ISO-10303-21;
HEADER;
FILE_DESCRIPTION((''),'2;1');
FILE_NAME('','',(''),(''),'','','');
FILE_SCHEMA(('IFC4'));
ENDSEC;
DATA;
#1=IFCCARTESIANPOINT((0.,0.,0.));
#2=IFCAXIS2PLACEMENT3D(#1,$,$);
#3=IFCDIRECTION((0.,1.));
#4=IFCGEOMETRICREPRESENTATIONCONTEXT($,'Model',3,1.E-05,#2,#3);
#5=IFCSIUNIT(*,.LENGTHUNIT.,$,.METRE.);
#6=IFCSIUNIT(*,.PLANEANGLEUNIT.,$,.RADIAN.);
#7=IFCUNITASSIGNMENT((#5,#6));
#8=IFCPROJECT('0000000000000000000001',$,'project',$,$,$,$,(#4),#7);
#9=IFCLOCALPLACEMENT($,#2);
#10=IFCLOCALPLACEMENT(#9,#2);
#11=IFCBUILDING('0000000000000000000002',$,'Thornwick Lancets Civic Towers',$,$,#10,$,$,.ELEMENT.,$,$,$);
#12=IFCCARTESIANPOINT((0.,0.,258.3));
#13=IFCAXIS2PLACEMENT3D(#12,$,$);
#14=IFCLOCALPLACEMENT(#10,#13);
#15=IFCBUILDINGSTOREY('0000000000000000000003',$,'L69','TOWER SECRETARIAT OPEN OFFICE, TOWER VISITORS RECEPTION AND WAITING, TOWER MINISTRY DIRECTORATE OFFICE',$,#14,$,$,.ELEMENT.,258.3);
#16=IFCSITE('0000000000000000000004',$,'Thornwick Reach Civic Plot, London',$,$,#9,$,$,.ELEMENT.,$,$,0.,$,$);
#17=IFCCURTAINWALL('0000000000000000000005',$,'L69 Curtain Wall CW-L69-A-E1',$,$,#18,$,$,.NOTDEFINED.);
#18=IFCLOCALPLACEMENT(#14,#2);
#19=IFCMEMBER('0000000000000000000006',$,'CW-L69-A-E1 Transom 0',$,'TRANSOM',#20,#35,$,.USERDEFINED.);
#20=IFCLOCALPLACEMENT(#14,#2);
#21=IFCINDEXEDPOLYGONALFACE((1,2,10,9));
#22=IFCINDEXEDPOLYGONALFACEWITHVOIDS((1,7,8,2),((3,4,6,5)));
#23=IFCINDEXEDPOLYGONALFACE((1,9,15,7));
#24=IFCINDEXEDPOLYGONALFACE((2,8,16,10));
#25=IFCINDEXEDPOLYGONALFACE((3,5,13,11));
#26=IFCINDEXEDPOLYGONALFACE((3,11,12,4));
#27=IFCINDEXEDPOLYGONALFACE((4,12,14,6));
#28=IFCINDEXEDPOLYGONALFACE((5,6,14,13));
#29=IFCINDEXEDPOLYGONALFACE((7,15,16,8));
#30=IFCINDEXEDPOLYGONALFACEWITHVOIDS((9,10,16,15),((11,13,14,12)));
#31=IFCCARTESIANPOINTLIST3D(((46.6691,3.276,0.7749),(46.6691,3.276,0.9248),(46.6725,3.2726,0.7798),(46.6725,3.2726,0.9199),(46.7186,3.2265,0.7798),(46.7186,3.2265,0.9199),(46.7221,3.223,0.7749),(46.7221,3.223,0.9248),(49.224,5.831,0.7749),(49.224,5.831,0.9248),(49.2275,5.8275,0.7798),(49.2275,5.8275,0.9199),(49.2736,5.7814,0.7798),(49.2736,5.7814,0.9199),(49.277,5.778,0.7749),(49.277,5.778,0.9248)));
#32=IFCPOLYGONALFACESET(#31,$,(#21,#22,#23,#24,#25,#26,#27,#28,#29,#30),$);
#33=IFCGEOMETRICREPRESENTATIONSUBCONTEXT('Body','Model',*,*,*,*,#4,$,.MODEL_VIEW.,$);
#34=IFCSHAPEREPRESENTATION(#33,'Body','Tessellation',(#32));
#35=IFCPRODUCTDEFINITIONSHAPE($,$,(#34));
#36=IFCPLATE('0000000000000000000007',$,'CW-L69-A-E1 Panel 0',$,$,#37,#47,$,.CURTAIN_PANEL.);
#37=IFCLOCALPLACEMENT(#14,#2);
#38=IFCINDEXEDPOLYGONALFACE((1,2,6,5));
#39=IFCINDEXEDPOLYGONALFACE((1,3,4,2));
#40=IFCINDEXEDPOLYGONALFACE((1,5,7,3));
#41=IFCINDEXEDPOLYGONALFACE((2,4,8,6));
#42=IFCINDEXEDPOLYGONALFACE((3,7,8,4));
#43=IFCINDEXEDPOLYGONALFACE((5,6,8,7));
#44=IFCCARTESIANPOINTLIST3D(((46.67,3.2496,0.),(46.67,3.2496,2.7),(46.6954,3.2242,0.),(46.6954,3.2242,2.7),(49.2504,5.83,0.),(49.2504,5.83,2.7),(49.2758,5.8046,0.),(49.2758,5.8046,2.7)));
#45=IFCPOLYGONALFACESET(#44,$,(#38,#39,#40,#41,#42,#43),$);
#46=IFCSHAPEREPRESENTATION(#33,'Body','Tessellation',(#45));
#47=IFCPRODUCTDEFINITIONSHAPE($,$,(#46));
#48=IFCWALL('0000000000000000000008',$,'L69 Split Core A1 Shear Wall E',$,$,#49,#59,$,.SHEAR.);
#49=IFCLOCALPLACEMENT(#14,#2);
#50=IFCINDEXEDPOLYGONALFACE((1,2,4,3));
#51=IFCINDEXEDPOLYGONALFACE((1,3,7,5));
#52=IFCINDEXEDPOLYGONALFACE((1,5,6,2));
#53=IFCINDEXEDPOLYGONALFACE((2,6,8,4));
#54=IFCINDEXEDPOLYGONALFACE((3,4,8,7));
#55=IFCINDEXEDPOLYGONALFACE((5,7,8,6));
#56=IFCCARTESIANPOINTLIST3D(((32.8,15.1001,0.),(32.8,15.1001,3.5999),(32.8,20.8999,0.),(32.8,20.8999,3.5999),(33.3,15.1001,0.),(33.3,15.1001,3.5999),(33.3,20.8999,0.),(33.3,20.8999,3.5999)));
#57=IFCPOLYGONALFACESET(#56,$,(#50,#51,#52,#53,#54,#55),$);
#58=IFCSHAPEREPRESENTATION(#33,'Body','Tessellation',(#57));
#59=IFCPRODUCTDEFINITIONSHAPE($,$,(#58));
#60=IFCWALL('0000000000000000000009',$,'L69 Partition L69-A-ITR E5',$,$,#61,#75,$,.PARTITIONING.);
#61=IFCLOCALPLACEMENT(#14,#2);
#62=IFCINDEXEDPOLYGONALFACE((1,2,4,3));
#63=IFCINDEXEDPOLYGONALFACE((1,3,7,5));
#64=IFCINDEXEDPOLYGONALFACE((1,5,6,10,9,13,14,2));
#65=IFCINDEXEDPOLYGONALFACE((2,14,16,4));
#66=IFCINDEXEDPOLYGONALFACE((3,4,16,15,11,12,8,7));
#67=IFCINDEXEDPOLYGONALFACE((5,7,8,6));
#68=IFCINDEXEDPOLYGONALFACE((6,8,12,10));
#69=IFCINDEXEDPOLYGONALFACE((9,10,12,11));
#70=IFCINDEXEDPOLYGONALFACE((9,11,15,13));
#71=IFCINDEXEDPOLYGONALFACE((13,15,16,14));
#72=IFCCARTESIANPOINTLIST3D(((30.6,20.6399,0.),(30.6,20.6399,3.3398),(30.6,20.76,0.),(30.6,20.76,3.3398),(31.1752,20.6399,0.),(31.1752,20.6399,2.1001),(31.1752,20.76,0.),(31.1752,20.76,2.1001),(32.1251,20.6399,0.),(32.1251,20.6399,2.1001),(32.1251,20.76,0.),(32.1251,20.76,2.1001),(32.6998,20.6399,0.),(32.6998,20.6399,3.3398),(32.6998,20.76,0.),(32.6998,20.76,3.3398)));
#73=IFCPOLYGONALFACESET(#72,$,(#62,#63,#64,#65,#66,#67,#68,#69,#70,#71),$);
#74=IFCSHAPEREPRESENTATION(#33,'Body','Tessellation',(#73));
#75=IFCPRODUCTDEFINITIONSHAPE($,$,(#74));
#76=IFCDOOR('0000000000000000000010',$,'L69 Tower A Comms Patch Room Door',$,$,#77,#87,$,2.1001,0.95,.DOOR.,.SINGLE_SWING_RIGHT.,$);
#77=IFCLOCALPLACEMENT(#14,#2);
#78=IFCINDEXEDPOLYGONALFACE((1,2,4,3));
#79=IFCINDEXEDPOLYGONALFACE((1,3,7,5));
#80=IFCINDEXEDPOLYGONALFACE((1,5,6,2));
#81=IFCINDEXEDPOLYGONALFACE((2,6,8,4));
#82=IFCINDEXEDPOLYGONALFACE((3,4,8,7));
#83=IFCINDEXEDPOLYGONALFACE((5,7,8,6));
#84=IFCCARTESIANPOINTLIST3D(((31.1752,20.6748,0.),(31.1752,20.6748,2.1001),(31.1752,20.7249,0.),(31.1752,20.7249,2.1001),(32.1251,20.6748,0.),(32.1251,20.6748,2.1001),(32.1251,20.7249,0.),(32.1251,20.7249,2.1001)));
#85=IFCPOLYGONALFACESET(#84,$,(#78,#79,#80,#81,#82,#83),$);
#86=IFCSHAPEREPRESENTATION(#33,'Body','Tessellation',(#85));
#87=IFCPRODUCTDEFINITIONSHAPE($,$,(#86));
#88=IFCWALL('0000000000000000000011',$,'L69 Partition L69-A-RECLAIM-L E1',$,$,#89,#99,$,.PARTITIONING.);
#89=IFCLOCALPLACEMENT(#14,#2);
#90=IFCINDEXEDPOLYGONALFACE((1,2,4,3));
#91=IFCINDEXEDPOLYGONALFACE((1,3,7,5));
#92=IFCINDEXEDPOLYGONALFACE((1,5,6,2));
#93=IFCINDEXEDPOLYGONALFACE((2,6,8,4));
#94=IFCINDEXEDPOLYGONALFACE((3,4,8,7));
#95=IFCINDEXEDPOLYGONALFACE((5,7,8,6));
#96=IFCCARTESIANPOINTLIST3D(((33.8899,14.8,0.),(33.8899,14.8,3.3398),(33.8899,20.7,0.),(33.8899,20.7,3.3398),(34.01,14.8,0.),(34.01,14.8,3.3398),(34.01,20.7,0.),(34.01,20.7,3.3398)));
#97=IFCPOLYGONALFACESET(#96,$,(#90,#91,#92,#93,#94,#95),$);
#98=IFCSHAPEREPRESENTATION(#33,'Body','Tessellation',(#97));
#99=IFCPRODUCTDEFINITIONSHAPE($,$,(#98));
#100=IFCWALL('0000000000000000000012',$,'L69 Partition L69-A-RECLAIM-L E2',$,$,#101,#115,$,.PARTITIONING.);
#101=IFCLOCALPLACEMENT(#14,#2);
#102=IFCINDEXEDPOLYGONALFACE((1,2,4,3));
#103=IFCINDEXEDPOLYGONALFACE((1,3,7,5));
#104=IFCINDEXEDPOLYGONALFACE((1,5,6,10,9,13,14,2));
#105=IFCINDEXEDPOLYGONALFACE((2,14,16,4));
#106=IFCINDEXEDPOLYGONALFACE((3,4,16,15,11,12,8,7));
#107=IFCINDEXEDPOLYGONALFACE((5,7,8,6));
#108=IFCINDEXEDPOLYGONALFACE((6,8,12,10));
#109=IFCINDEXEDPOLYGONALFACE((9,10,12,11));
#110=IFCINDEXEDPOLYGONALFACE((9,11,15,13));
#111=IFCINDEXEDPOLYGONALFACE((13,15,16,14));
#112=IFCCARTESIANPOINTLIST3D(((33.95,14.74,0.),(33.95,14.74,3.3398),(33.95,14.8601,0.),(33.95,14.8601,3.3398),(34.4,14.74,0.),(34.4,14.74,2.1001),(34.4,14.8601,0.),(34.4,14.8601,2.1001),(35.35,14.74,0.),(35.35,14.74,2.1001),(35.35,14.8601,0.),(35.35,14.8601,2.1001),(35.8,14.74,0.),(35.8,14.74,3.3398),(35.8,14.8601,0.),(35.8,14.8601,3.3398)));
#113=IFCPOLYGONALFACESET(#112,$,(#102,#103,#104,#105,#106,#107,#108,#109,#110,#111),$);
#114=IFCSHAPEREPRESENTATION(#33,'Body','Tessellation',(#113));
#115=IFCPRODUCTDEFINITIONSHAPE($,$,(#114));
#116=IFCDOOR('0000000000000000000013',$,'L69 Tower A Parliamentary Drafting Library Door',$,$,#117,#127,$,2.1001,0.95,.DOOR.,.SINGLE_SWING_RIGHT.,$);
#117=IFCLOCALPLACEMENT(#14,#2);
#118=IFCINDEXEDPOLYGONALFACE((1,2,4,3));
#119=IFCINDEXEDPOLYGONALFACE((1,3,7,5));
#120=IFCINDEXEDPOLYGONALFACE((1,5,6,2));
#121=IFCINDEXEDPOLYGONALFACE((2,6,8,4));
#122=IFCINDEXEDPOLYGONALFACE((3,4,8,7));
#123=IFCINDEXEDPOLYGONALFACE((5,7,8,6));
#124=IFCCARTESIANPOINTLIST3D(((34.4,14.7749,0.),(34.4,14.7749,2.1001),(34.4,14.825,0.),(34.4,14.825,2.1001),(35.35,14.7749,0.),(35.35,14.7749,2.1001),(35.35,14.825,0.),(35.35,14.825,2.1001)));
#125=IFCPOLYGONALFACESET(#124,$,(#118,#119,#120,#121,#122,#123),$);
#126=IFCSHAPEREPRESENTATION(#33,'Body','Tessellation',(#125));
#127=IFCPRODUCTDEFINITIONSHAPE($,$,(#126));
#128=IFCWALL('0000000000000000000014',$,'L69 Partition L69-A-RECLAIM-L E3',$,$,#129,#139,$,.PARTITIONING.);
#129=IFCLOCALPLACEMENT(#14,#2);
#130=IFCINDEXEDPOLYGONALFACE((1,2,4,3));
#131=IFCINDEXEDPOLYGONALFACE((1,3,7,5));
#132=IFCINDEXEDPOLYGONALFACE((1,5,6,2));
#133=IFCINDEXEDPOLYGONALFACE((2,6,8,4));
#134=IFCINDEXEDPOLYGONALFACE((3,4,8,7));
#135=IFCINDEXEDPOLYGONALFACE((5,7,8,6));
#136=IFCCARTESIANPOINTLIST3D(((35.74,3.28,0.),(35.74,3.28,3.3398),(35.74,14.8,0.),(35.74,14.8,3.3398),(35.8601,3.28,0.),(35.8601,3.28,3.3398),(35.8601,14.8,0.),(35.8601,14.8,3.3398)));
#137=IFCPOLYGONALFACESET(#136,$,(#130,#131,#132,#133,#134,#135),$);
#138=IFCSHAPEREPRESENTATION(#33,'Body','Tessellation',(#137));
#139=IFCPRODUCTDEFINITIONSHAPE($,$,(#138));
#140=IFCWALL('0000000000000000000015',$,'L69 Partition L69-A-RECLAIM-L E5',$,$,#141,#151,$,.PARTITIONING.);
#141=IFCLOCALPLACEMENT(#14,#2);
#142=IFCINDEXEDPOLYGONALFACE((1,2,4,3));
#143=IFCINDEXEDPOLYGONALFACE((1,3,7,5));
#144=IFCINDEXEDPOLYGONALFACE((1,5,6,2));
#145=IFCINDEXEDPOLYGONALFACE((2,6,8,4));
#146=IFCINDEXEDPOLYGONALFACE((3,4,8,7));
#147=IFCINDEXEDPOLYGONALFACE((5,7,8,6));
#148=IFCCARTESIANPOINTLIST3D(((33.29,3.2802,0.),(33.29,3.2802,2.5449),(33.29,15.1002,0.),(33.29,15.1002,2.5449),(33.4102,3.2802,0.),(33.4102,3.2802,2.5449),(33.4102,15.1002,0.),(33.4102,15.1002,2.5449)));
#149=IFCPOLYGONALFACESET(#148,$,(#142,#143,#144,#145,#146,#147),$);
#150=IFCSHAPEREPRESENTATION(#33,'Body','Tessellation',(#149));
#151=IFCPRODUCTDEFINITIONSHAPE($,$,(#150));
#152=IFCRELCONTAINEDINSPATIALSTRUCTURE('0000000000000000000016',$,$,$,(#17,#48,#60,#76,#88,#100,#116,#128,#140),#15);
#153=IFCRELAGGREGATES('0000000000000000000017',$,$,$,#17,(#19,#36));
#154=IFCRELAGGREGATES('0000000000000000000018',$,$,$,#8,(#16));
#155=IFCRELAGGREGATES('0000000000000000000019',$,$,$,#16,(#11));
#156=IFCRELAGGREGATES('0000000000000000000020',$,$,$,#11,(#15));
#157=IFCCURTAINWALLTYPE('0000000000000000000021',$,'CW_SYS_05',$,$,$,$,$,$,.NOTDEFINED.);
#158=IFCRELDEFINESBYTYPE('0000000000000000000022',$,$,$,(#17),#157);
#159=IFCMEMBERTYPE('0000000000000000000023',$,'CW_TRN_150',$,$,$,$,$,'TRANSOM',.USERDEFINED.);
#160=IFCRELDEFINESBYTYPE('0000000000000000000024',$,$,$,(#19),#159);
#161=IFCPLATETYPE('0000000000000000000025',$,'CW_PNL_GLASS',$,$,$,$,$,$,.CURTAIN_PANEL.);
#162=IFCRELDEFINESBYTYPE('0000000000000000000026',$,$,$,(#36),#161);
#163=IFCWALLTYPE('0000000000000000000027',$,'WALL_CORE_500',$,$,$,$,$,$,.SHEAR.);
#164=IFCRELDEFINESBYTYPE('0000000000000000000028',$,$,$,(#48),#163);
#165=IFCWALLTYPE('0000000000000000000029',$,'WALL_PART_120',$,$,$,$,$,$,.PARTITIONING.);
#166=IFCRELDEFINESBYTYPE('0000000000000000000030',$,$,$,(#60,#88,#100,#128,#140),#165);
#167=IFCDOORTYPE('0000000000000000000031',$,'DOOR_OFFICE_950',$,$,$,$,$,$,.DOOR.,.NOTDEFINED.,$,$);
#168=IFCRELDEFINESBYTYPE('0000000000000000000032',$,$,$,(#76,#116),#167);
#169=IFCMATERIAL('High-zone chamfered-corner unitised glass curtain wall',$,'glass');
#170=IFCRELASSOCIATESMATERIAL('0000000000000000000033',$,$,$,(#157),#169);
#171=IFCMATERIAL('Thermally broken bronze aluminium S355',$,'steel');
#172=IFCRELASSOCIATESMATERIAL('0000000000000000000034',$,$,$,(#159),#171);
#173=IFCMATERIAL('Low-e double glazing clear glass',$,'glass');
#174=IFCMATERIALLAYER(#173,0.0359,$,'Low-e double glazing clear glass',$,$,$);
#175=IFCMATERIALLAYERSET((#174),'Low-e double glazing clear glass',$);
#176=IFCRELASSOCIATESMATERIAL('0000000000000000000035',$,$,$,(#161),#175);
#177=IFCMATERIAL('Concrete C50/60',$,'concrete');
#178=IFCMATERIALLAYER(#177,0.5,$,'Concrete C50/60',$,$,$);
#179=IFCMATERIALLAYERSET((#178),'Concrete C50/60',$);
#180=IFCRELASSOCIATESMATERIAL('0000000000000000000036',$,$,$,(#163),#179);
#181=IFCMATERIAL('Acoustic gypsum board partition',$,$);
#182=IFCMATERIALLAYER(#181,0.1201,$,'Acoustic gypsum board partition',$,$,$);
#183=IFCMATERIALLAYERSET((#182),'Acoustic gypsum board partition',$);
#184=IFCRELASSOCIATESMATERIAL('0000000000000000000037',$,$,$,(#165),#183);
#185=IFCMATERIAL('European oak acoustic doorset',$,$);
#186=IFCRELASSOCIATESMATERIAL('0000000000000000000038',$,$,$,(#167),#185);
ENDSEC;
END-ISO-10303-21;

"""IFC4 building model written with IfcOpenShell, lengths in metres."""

from ifc_helpers import new_model, si_unit, direction, frame, frame_2d, origin, origin_2d, place, context, subcontext, project, spatial, rectangle, hollow_rectangle, extrude, material, layer, layer_set, material_profile, profile_set, type_object, element, fill, aggregate, save


model = new_model("IFC4")

# Units and contexts
model_context = context("Model", 3, precision=1e-05, world=origin(), true_north=direction((0.0, 1.0)))
body_context = subcontext(model_context, "Body", "Model", "MODEL_VIEW")
ifc_project = project(units=[si_unit("LENGTHUNIT", "METRE"), si_unit("PLANEANGLEUNIT", "RADIAN")], contexts=[model_context])

# Site, building, storey
site_placement = place(None, origin())
site = spatial("IfcSite", under=ifc_project, at=site_placement, Name="Thornwick Reach Civic Plot, London", CompositionType="ELEMENT", RefElevation=0.0)
building_placement = place(site_placement, origin())
building = spatial("IfcBuilding", under=site, at=building_placement, Name="Thornwick Lancets Civic Towers", CompositionType="ELEMENT")
storey_placement = place(building_placement, frame((0.0, 0.0, 258.3)))
storey = spatial("IfcBuildingStorey", under=building, at=storey_placement, Name="L69", Description="TOWER SECRETARIAT OPEN OFFICE, TOWER VISITORS RECEPTION AND WAITING, TOWER MINISTRY DIRECTORATE OFFICE", CompositionType="ELEMENT", Elevation=258.3)

# Shared definitions
ifc_material_1 = material(Name="Concrete C50/60", Category="concrete")

# Curtain wall, member, plate
ifc_material_2 = material(Name="High-zone chamfered-corner unitised glass curtain wall", Category="glass")
curtain_wall_type = type_object("IfcCurtainWallType", Name="CW_SYS_05", PredefinedType="NOTDEFINED", material=ifc_material_2)
curtain_wall_placement = place(storey_placement, origin())
curtain_wall = element("IfcCurtainWall", 1, at=curtain_wall_placement, inside=storey, type_object=curtain_wall_type, Name="L69 Curtain Wall CW-L69-A-E1", PredefinedType="NOTDEFINED")
ifc_material_3 = material(Name="Thermally broken bronze aluminium S355", Category="steel")
ifc_material_profile_1 = material_profile(ifc_material_3, hollow_rectangle(XDim=0.075, YDim=0.1499, WallThickness=0.0049, at=origin_2d()), Name="RHS 150x75x5")
ifc_profile_set_1 = profile_set([ifc_material_profile_1], Name="Thermally broken bronze aluminium S355")
member_type_1 = type_object("IfcMemberType", Name="CW_TRN_150", ElementType="TRANSOM", PredefinedType="USERDEFINED", material=ifc_profile_set_1)
member_1_placement = place(storey_placement, frame((46.6956, 3.2495, 0.8499), z_axis=(0.707107, 0.707107, 0.0), x_axis=(-0.707107, 0.707107, 0.0)))
member_1 = element("IfcMember", 2, at=member_1_placement, type_object=member_type_1, Name="CW-L69-A-E1 Transom 0", ObjectType="TRANSOM", PredefinedType="USERDEFINED", context=body_context, shape_type="SweptSolid", body=[
    extrude(hollow_rectangle(XDim=0.075, YDim=0.1499, WallThickness=0.0049, at=origin_2d()), origin(), (0.0, 0.0, 1.0), 3.6133),
])
ifc_material_4 = material(Name="Low-e double glazing clear glass", Category="glass")
ifc_layer_1 = layer(ifc_material_4, 0.0359, Name="Low-e double glazing clear glass")
ifc_layer_set_1 = layer_set([ifc_layer_1], Name="Low-e double glazing clear glass")
plate_type = type_object("IfcPlateType", Name="CW_PNL_GLASS", PredefinedType="CURTAIN_PANEL", material=ifc_layer_set_1)
plate_placement = place(storey_placement, frame((47.9729, 4.5271, 0.0), z_axis=(0.0, 0.0, 1.0), x_axis=(0.707107, 0.707107, 0.0)))
plate = element("IfcPlate", 3, at=plate_placement, type_object=plate_type, Name="CW-L69-A-E1 Panel 0", PredefinedType="CURTAIN_PANEL", context=body_context, shape_type="SweptSolid", body=[
    extrude(rectangle(XDim=3.6492, YDim=0.0359, at=origin_2d()), origin(), (0.0, 0.0, 1.0), 2.7),
])
aggregate(curtain_wall, [member_1, plate])

# Wall
ifc_layer_2 = layer(ifc_material_1, 0.5, Name="Concrete C50/60")
ifc_layer_set_2 = layer_set([ifc_layer_2], Name="Concrete C50/60")
wall_type_1 = type_object("IfcWallType", Name="WALL_CORE_500", PredefinedType="SHEAR", material=ifc_layer_set_2)
wall_1_placement = place(storey_placement, frame((33.05, 15.1001, 0.0), z_axis=(0.0, 0.0, 1.0), x_axis=(0.0, 1.0, 0.0)))
element("IfcWall", 4, at=wall_1_placement, inside=storey, type_object=wall_type_1, Name="L69 Split Core A1 Shear Wall E", PredefinedType="SHEAR", context=body_context, shape_type="SweptSolid", body=[
    extrude(rectangle(XDim=5.7998, YDim=0.5, at=frame_2d((2.8999, 0.0))), origin(), (0.0, 0.0, 1.0), 3.5999),
])

# Wall, opening, door
ifc_material_5 = material(Name="Acoustic gypsum board partition")
ifc_layer_3 = layer(ifc_material_5, 0.1201, Name="Acoustic gypsum board partition")
ifc_layer_set_3 = layer_set([ifc_layer_3], Name="Acoustic gypsum board partition")
wall_type_2 = type_object("IfcWallType", Name="WALL_PART_120", PredefinedType="PARTITIONING", material=ifc_layer_set_3)
wall_2_placement = place(storey_placement, frame((30.6001, 20.7, 0.0), z_axis=(0.0, 0.0, 1.0), x_axis=(1.0, 0.0, 0.0)))
wall_2 = element("IfcWall", 5, at=wall_2_placement, inside=storey, type_object=wall_type_2, Name="L69 Partition L69-A-ITR E5", PredefinedType="PARTITIONING", context=body_context, shape_type="SweptSolid", body=[
    extrude(rectangle(XDim=2.0999, YDim=0.1201, at=frame_2d((1.0498, 0.0))), origin(), (0.0, 0.0, 1.0), 3.3398),
])
opening_1_placement = place(wall_2_placement, frame((0.575, 0.0, 0.0)))
opening_1 = element("IfcOpeningElement", 6, at=opening_1_placement, cuts=wall_2, PredefinedType="OPENING", context=body_context, shape_type="SweptSolid", body=[
    extrude(rectangle(XDim=0.95, YDim=2.1001, at=frame_2d((0.4751, 1.05))), frame((0.0, 0.0701, 0.0), z_axis=(0.0, -1.0, 0.0), x_axis=(1.0, 0.0, 0.0)), (0.0, 0.0, 1.0), 0.1401),
])
ifc_material_6 = material(Name="European oak acoustic doorset")
door_type_1 = type_object("IfcDoorType", Name="DOOR_OFFICE_950", OperationType="NOTDEFINED", PredefinedType="DOOR", material=ifc_material_6)
door_1_placement = place(opening_1_placement, origin())
door_1 = element("IfcDoor", 7, at=door_1_placement, inside=storey, type_object=door_type_1, Name="L69 Tower A Comms Patch Room Door", OperationType="SINGLE_SWING_RIGHT", OverallHeight=2.1001, OverallWidth=0.95, PredefinedType="DOOR", context=body_context, shape_type="SweptSolid", body=[
    extrude(rectangle(XDim=0.95, YDim=2.1001, at=frame_2d((0.4751, 1.05))), frame((0.0, 0.0249, 0.0), z_axis=(0.0, -1.0, 0.0), x_axis=(1.0, 0.0, 0.0)), (0.0, 0.0, 1.0), 0.05),
])
fill(opening_1, door_1)

# Wall
wall_3_placement = place(storey_placement, frame((33.95, 20.7, 0.0), z_axis=(0.0, 0.0, 1.0), x_axis=(0.0, -1.0, 0.0)))
element("IfcWall", 8, at=wall_3_placement, inside=storey, type_object=wall_type_2, Name="L69 Partition L69-A-RECLAIM-L E1", PredefinedType="PARTITIONING", context=body_context, shape_type="SweptSolid", body=[
    extrude(rectangle(XDim=5.8999, YDim=0.1201, at=frame_2d((2.95, 0.0))), origin(), (0.0, 0.0, 1.0), 3.3398),
])

# Wall, opening, door
wall_4_placement = place(storey_placement, frame((33.95, 14.8, 0.0), z_axis=(0.0, 0.0, 1.0), x_axis=(1.0, 0.0, 0.0)))
wall_4 = element("IfcWall", 9, at=wall_4_placement, inside=storey, type_object=wall_type_2, Name="L69 Partition L69-A-RECLAIM-L E2", PredefinedType="PARTITIONING", context=body_context, shape_type="SweptSolid", body=[
    extrude(rectangle(XDim=1.8501, YDim=0.1201, at=frame_2d((0.925, 0.0))), origin(), (0.0, 0.0, 1.0), 3.3398),
])
opening_2_placement = place(wall_4_placement, frame((0.45, 0.0, 0.0)))
opening_2 = element("IfcOpeningElement", 10, at=opening_2_placement, cuts=wall_4, PredefinedType="OPENING", context=body_context, shape_type="SweptSolid", body=[
    extrude(rectangle(XDim=0.95, YDim=2.1001, at=frame_2d((0.4751, 1.05))), frame((0.0, 0.0701, 0.0), z_axis=(0.0, -1.0, 0.0), x_axis=(1.0, 0.0, 0.0)), (0.0, 0.0, 1.0), 0.1401),
])
door_2_placement = place(opening_2_placement, origin())
door_2 = element("IfcDoor", 11, at=door_2_placement, inside=storey, type_object=door_type_1, Name="L69 Tower A Parliamentary Drafting Library Door", OperationType="SINGLE_SWING_RIGHT", OverallHeight=2.1001, OverallWidth=0.95, PredefinedType="DOOR", context=body_context, shape_type="SweptSolid", body=[
    extrude(rectangle(XDim=0.95, YDim=2.1001, at=frame_2d((0.4751, 1.05))), frame((0.0, 0.0249, 0.0), z_axis=(0.0, -1.0, 0.0), x_axis=(1.0, 0.0, 0.0)), (0.0, 0.0, 1.0), 0.05),
])
fill(opening_2, door_2)

# Walls
wall_5_placement = place(storey_placement, frame((35.8, 14.8, 0.0), z_axis=(0.0, 0.0, 1.0), x_axis=(0.0, -1.0, 0.0)))
element("IfcWall", 12, at=wall_5_placement, inside=storey, type_object=wall_type_2, Name="L69 Partition L69-A-RECLAIM-L E3", PredefinedType="PARTITIONING", context=body_context, shape_type="SweptSolid", body=[
    extrude(rectangle(XDim=11.52, YDim=0.1201, at=frame_2d((5.76, 0.0))), origin(), (0.0, 0.0, 1.0), 3.3398),
])
wall_6_placement = place(storey_placement, frame((33.3501, 3.28, 0.0), z_axis=(0.0, 0.0, 1.0), x_axis=(0.0, 1.0, 0.0)))
element("IfcWall", 13, at=wall_6_placement, inside=storey, type_object=wall_type_2, Name="L69 Partition L69-A-RECLAIM-L E5", PredefinedType="PARTITIONING", context=body_context, shape_type="SweptSolid", body=[
    extrude(rectangle(XDim=11.8201, YDim=0.1201, at=frame_2d((5.9102, 0.0))), origin(), (0.0, 0.0, 1.0), 2.5449),
])

save(model, "model.ifc")
